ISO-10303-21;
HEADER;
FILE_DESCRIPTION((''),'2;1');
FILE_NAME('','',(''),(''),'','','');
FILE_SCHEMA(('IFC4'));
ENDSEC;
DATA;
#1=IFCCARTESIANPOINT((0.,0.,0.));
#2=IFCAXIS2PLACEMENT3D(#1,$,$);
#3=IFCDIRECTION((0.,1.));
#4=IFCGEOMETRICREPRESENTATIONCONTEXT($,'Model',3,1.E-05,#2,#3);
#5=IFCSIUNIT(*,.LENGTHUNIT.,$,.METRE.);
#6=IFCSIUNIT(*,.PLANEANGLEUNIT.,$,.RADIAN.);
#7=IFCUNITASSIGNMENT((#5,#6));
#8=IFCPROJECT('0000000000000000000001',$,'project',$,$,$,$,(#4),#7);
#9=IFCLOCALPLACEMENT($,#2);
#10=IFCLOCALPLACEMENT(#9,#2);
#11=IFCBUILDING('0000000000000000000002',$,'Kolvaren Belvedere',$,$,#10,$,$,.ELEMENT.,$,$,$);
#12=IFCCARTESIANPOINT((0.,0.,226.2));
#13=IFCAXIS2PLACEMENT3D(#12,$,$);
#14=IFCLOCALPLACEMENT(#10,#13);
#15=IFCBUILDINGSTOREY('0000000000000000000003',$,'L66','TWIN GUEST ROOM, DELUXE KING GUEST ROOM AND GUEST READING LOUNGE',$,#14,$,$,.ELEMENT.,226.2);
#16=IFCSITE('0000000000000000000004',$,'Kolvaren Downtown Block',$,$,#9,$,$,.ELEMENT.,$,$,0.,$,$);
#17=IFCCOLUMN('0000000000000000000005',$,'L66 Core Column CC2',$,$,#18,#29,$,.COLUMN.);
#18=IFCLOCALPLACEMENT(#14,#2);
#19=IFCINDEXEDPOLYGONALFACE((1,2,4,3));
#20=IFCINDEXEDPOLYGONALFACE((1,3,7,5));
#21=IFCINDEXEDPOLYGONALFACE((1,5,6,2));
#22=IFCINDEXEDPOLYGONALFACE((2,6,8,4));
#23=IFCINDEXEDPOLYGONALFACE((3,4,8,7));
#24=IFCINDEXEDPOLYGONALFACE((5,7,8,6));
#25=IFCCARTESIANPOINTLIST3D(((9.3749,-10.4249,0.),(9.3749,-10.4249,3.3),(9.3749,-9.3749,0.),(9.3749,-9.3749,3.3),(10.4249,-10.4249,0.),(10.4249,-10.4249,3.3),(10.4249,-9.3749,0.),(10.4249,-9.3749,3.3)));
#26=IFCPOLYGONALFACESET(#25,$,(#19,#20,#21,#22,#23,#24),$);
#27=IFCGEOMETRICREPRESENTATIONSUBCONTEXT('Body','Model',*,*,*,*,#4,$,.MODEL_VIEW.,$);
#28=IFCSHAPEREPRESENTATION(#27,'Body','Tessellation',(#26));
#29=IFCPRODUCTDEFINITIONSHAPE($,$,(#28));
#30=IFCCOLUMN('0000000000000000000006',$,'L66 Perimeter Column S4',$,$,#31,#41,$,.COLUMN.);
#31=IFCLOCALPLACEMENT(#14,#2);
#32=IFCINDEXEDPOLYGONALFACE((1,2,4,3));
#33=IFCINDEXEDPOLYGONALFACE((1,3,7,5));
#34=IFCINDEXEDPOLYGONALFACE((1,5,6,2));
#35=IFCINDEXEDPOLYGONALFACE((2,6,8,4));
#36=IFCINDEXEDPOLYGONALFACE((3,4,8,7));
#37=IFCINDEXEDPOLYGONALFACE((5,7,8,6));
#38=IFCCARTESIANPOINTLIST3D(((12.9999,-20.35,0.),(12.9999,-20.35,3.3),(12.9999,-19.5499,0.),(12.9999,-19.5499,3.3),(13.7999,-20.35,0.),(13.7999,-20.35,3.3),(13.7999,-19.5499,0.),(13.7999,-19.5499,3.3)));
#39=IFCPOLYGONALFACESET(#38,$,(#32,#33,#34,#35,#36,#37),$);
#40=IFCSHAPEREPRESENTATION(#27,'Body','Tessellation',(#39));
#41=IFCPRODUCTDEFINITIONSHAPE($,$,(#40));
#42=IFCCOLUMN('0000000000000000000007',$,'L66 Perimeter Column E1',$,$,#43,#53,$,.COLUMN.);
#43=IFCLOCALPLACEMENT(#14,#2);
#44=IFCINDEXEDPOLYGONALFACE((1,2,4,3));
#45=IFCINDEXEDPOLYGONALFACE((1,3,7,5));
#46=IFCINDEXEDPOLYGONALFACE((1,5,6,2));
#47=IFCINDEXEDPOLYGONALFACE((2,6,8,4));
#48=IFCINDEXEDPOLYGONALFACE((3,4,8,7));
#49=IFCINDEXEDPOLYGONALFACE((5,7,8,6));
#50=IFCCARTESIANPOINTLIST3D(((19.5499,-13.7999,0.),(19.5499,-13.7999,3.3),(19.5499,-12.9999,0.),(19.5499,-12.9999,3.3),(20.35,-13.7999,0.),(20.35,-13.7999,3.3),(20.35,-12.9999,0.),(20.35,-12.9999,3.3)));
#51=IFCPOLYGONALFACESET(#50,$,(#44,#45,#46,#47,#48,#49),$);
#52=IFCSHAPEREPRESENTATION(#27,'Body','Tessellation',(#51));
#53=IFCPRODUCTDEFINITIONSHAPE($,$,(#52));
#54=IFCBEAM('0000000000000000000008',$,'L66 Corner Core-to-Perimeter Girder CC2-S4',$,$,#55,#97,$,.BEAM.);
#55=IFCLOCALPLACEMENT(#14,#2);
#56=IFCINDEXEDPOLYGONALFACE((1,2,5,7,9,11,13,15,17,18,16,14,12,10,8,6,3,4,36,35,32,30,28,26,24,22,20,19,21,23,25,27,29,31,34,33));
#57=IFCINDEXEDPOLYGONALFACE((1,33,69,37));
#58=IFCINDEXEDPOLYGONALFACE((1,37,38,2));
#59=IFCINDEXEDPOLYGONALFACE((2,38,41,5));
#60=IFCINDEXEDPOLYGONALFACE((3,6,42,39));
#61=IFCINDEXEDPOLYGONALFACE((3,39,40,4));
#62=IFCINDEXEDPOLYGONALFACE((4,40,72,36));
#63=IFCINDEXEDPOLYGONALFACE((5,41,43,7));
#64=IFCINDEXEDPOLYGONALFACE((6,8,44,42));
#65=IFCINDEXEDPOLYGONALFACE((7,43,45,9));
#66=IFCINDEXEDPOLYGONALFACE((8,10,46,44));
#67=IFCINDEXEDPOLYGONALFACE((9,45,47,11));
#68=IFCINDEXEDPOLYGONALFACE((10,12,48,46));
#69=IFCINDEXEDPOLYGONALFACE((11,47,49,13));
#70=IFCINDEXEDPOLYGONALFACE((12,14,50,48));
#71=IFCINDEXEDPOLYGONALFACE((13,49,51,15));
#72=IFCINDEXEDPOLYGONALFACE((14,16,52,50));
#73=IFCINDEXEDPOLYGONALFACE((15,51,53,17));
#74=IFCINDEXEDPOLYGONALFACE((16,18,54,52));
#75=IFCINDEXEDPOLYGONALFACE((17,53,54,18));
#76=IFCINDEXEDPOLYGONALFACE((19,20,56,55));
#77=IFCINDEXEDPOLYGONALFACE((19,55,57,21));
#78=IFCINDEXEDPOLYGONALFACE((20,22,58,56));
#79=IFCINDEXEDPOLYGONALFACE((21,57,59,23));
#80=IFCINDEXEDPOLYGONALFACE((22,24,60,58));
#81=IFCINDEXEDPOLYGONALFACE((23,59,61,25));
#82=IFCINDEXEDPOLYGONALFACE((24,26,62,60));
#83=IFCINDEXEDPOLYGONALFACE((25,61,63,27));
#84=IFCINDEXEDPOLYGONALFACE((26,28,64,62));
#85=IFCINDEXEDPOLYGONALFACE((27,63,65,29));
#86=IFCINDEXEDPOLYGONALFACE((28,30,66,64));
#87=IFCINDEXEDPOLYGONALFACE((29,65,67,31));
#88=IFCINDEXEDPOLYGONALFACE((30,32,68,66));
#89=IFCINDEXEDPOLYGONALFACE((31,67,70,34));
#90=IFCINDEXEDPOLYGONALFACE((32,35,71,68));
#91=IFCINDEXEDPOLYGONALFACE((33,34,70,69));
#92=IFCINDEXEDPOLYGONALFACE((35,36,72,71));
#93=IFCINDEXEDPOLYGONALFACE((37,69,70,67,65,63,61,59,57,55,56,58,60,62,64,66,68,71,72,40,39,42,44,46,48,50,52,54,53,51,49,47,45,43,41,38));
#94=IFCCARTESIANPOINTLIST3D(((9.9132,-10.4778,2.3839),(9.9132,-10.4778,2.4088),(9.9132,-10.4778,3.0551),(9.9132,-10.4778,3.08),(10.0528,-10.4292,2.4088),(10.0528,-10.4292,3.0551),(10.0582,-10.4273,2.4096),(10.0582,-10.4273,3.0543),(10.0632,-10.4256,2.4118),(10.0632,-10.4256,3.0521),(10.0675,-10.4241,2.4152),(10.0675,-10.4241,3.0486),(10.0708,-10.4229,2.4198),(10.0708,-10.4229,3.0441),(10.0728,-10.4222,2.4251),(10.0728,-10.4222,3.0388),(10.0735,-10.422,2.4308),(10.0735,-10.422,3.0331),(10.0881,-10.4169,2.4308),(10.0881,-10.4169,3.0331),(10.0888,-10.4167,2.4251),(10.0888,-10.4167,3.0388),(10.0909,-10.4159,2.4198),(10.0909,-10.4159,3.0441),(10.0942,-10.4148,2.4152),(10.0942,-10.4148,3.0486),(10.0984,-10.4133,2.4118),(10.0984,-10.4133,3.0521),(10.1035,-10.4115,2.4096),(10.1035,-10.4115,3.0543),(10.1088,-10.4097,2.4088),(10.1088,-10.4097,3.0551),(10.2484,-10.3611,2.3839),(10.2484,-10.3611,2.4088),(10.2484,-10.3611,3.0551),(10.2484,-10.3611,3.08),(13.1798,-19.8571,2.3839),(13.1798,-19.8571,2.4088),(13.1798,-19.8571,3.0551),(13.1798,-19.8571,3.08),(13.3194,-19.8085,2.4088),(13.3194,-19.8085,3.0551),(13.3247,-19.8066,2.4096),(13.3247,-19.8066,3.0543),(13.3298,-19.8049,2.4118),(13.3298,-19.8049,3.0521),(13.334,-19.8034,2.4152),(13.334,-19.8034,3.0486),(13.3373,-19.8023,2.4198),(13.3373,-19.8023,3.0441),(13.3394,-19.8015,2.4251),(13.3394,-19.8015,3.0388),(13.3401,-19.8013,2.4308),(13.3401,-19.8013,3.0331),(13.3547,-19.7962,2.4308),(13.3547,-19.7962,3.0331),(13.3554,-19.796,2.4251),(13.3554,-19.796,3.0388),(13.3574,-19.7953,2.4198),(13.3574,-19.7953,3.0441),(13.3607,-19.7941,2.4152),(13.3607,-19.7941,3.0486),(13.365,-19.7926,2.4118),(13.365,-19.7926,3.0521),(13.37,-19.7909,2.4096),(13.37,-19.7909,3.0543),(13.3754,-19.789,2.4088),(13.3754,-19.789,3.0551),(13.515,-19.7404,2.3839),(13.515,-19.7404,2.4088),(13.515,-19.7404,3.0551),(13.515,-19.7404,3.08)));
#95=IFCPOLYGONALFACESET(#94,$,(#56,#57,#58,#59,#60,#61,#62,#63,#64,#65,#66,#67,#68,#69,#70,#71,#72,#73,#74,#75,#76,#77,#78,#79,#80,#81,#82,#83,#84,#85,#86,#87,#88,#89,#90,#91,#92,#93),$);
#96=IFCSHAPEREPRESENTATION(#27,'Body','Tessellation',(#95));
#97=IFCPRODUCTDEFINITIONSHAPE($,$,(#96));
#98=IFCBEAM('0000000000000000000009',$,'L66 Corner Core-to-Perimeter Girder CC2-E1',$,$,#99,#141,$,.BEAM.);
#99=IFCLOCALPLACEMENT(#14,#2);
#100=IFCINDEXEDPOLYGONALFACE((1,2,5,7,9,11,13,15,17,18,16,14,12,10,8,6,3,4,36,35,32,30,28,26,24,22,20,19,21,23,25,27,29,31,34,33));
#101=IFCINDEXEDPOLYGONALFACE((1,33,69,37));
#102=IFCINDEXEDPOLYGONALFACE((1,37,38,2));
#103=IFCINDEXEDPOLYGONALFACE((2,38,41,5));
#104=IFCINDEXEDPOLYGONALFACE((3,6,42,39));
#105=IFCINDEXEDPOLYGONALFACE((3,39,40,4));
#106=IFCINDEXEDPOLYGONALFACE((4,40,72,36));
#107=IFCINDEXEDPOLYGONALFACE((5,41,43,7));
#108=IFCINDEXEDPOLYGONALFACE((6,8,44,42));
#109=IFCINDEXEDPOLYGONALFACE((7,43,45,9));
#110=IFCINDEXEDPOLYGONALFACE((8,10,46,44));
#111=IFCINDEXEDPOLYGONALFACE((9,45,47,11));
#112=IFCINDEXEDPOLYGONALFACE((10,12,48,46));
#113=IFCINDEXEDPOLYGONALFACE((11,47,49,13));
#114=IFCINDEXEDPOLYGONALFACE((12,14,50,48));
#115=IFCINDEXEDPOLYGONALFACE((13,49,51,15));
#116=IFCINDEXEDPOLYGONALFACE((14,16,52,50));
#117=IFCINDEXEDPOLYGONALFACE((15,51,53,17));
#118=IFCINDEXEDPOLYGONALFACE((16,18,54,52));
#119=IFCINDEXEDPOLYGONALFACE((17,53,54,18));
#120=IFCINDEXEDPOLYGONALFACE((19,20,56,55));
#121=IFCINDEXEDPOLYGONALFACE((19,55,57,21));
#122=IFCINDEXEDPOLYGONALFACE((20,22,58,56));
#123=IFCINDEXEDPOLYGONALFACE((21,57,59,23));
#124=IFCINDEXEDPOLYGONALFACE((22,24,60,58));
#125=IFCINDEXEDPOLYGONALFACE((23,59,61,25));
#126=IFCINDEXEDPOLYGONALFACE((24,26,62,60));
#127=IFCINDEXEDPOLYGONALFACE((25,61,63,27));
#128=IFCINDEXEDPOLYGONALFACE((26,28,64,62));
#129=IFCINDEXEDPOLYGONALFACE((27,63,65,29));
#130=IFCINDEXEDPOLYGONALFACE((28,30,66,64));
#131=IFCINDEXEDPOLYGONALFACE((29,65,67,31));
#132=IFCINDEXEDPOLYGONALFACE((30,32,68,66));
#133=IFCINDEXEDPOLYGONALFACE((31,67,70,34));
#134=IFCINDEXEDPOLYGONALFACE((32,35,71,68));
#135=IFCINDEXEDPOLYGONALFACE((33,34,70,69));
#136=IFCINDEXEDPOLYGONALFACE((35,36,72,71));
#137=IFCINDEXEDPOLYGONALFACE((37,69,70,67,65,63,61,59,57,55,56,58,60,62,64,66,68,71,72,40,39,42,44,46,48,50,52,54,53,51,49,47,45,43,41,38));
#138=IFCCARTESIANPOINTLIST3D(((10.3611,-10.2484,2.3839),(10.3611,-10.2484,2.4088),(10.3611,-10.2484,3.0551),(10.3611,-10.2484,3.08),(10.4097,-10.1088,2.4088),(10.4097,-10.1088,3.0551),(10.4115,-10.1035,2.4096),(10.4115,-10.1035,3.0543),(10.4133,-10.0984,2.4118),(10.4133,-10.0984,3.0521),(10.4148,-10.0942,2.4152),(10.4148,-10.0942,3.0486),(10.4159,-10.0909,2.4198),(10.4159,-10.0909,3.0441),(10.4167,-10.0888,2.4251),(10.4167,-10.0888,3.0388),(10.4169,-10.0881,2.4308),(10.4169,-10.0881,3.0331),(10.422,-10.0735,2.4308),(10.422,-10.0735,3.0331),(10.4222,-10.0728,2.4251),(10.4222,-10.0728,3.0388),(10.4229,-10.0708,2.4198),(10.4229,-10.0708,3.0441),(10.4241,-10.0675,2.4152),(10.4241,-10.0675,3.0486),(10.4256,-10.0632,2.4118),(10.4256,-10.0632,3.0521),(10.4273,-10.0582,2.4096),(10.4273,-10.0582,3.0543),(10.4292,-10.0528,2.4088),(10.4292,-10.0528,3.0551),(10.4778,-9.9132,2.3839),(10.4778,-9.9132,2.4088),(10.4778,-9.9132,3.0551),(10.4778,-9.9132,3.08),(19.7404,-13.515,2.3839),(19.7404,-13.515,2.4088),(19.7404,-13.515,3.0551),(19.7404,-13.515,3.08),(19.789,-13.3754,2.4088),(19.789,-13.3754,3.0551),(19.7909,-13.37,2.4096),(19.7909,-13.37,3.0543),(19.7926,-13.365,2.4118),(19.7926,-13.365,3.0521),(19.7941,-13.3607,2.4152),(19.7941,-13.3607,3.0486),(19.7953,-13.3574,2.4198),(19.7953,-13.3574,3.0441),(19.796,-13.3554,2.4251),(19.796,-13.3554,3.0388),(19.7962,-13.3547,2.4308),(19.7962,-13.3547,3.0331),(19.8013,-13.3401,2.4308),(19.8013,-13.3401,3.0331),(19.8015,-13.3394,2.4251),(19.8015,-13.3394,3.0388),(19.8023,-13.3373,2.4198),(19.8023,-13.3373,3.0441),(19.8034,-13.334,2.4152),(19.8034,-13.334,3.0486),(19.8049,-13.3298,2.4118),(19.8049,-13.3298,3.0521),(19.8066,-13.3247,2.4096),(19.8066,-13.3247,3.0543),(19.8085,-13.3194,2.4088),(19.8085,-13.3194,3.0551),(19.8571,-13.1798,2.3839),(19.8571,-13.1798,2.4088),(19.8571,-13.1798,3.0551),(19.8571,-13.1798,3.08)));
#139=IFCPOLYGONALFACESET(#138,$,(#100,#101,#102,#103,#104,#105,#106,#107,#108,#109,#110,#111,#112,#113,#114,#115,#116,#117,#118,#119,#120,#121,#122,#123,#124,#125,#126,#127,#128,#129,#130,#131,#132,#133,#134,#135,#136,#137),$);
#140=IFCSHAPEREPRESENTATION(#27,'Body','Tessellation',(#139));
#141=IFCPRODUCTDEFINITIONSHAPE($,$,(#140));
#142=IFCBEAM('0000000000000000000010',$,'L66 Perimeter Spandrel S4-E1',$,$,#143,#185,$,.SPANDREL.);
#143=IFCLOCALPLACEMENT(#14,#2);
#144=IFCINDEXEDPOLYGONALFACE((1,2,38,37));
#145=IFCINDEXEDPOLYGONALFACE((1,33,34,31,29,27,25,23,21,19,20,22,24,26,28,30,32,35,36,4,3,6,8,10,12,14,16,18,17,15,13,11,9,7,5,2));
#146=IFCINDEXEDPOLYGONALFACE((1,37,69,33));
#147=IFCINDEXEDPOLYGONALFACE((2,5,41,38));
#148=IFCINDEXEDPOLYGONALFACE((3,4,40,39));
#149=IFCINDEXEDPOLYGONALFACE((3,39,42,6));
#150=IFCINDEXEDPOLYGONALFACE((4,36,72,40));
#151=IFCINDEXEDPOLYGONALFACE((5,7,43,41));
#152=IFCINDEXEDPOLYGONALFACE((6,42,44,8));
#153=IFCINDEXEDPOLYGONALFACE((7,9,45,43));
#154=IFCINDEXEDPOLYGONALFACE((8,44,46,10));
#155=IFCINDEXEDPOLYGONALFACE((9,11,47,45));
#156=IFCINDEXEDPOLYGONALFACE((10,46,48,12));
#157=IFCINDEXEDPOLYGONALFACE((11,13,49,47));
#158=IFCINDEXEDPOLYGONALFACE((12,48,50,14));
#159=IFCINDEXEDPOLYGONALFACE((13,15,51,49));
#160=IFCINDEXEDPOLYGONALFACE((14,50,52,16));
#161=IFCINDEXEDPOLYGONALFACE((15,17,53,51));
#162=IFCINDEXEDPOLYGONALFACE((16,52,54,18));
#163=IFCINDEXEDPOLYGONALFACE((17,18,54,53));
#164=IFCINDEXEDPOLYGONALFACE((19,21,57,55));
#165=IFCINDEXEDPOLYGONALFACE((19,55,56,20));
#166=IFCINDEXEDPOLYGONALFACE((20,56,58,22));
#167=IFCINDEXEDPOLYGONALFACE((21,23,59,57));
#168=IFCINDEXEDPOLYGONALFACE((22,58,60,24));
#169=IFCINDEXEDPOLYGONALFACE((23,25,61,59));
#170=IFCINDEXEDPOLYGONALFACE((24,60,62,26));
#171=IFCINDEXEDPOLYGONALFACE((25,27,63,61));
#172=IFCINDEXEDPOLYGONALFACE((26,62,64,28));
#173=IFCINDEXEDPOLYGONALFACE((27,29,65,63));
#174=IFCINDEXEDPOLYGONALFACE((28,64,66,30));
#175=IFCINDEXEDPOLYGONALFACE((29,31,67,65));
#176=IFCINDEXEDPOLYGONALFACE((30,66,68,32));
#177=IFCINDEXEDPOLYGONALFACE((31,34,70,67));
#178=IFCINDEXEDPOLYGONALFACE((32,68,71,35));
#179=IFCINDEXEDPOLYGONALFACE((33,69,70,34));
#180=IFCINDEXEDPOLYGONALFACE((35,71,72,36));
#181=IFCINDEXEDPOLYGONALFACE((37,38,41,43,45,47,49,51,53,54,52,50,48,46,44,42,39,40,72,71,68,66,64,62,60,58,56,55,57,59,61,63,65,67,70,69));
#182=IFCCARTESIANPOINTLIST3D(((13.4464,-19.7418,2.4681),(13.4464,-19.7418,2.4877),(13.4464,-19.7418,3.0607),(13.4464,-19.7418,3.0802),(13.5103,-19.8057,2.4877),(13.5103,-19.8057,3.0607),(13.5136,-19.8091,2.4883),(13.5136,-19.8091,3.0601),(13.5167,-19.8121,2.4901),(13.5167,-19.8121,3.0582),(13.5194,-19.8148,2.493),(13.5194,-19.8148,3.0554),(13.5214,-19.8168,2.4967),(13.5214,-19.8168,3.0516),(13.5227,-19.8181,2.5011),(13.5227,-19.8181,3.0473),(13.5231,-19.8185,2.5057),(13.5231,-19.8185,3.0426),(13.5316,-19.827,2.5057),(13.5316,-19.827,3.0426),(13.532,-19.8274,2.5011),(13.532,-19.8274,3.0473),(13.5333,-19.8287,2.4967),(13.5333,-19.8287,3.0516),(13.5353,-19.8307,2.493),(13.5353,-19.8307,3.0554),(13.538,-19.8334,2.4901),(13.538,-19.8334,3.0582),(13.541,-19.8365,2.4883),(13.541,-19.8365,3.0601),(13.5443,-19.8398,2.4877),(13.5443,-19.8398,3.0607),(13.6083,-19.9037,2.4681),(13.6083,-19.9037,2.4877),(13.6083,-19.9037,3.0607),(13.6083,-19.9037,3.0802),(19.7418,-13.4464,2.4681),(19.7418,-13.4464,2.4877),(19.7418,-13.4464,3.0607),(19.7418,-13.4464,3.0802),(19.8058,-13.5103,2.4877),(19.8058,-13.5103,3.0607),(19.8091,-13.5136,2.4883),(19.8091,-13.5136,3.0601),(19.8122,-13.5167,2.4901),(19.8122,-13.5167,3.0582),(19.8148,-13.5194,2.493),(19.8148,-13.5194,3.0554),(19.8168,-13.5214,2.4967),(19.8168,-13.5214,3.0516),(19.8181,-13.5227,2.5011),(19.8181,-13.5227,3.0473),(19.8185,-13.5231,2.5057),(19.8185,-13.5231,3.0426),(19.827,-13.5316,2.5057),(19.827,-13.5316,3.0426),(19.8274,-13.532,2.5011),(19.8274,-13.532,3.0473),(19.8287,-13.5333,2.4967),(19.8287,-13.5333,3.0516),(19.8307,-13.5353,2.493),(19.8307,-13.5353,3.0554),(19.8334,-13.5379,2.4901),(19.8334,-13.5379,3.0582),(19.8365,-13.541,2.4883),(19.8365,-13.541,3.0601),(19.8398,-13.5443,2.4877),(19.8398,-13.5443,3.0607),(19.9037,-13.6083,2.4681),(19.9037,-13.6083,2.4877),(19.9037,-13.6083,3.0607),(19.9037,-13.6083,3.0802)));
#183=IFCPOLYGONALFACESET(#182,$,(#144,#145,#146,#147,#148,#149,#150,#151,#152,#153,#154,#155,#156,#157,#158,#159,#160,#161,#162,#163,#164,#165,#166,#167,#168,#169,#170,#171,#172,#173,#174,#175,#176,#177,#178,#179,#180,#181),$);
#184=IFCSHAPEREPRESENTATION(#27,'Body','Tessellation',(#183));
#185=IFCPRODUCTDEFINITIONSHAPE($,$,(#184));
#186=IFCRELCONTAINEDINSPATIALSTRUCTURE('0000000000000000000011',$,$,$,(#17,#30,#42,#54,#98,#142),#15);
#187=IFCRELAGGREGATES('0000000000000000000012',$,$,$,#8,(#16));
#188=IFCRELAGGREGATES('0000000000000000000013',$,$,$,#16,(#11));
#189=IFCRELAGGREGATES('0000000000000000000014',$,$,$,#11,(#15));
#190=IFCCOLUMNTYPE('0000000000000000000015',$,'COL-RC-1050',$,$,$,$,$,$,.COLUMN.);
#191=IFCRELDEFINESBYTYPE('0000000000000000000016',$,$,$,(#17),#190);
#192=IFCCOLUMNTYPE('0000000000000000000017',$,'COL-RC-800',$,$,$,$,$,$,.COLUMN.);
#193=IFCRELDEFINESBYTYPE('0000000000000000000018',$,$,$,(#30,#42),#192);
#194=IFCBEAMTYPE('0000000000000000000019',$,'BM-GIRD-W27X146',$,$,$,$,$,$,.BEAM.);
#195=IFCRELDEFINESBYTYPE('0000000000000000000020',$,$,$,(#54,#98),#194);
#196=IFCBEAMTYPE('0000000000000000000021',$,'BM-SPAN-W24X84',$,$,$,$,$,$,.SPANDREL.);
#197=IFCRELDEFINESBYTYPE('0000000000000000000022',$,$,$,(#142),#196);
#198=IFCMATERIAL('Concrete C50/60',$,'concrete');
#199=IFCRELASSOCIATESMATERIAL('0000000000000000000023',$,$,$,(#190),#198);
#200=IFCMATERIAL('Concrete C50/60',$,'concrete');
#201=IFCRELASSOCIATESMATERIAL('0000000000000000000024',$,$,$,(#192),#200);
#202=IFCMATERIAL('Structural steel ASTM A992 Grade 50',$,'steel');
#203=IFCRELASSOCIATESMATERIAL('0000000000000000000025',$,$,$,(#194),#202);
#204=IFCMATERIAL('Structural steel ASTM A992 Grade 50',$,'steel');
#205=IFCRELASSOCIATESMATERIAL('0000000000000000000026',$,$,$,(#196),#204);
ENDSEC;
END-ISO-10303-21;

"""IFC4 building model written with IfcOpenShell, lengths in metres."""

from ifc_helpers import new_model, si_unit, direction, frame, origin, origin_2d, place, context, subcontext, project, spatial, rectangle, i_section, extrude, material, material_profile, profile_set, type_object, element, save


model = new_model("IFC4")

# Units and contexts
model_context = context("Model", 3, precision=1e-05, world=origin(), true_north=direction((0.0, 1.0)))
body_context = subcontext(model_context, "Body", "Model", "MODEL_VIEW")
ifc_project = project(units=[si_unit("LENGTHUNIT", "METRE"), si_unit("PLANEANGLEUNIT", "RADIAN")], contexts=[model_context])

# Site, building, storey
site_placement = place(None, origin())
site = spatial("IfcSite", under=ifc_project, at=site_placement, Name="Kolvaren Downtown Block", CompositionType="ELEMENT", RefElevation=0.0)
building_placement = place(site_placement, origin())
building = spatial("IfcBuilding", under=site, at=building_placement, Name="Kolvaren Belvedere", CompositionType="ELEMENT")
storey_placement = place(building_placement, frame((0.0, 0.0, 226.2)))
storey = spatial("IfcBuildingStorey", under=building, at=storey_placement, Name="L66", Description="TWIN GUEST ROOM, DELUXE KING GUEST ROOM AND GUEST READING LOUNGE", CompositionType="ELEMENT", Elevation=226.2)

# Columns
ifc_material_1 = material(Name="Concrete C50/60", Category="concrete")
ifc_material_profile_1 = material_profile(ifc_material_1, rectangle(XDim=1.05, YDim=1.05, at=origin_2d()), Name="RC 1050X1050")
ifc_profile_set_1 = profile_set([ifc_material_profile_1], Name="Concrete C50/60")
column_type_1 = type_object("IfcColumnType", Name="COL-RC-1050", PredefinedType="COLUMN", material=ifc_profile_set_1)
column_placement = place(storey_placement, frame((9.8999, -9.8999, 0.0), z_axis=(0.0, 0.0, 1.0), x_axis=(1.0, 0.0, 0.0)))
element("IfcColumn", 1, at=column_placement, inside=storey, type_object=column_type_1, Name="L66 Core Column CC2", PredefinedType="COLUMN", context=body_context, shape_type="SweptSolid", body=[
    extrude(rectangle(XDim=1.05, YDim=1.05, at=origin_2d()), origin(), (0.0, 0.0, 1.0), 3.3),
])
ifc_material_2 = material(Name="Concrete C50/60", Category="concrete")
ifc_material_profile_2 = material_profile(ifc_material_2, rectangle(XDim=0.8, YDim=0.8, at=origin_2d()), Name="RC 800X800")
ifc_profile_set_2 = profile_set([ifc_material_profile_2], Name="Concrete C50/60")
column_type_2 = type_object("IfcColumnType", Name="COL-RC-800", PredefinedType="COLUMN", material=ifc_profile_set_2)
for number, where, z_axis, x_axis, name in (
    (2, (13.3999, -19.95, 0.0), (0.0, 0.0, 1.0), (1.0, 0.0, 0.0), "L66 Perimeter Column S4"),
    (3, (19.95, -13.3999, 0.0), (0.0, 0.0, 1.0), (1.0, 0.0, 0.0), "L66 Perimeter Column E1"),
):
    element("IfcColumn", number, at=place(storey_placement, frame(where, z_axis=z_axis, x_axis=x_axis)), inside=storey, type_object=column_type_2, Name=name, PredefinedType="COLUMN", context=body_context, shape_type="SweptSolid", body=[
        extrude(rectangle(XDim=0.8, YDim=0.8, at=origin_2d()), origin(), (0.0, 0.0, 1.0), 3.3),
    ])

# Beams
ifc_material_3 = material(Name="Structural steel ASTM A992 Grade 50", Category="steel")
ifc_material_profile_3 = material_profile(ifc_material_3, i_section(OverallWidth=0.355, OverallDepth=0.696, WebThickness=0.0154, FlangeThickness=0.0249, FilletRadius=0.022, at=origin_2d()), Name="W27X146")
ifc_profile_set_3 = profile_set([ifc_material_profile_3], Name="Structural steel ASTM A992 Grade 50")
beam_type_1 = type_object("IfcBeamType", Name="BM-GIRD-W27X146", PredefinedType="BEAM", material=ifc_profile_set_3)
for number, where, z_axis, x_axis, name in (
    (4, (10.0808, -10.4194, 2.7319), (0.328898, -0.944365, 0.0), (0.944365, 0.328898, 0.0), "L66 Corner Core-to-Perimeter Girder CC2-S4"),
    (5, (10.4194, -10.0808, 2.7319), (0.944365, -0.328898, 0.0), (0.328898, 0.944365, 0.0), "L66 Corner Core-to-Perimeter Girder CC2-E1"),
):
    element("IfcBeam", number, at=place(storey_placement, frame(where, z_axis=z_axis, x_axis=x_axis)), inside=storey, type_object=beam_type_1, Name=name, PredefinedType="BEAM", context=body_context, shape_type="SweptSolid", body=[
        extrude(i_section(OverallWidth=0.355, OverallDepth=0.696, WebThickness=0.0154, FlangeThickness=0.0249, FilletRadius=0.022, at=origin_2d()), origin(), (0.0, 0.0, 1.0), 9.9319),
    ])
ifc_material_4 = material(Name="Structural steel ASTM A992 Grade 50", Category="steel")
ifc_material_profile_4 = material_profile(ifc_material_4, i_section(OverallWidth=0.229, OverallDepth=0.6121, WebThickness=0.012, FlangeThickness=0.0195, FilletRadius=0.0181, at=origin_2d()), Name="W24X84")
ifc_profile_set_4 = profile_set([ifc_material_profile_4], Name="Structural steel ASTM A992 Grade 50")
beam_type_2 = type_object("IfcBeamType", Name="BM-SPAN-W24X84", PredefinedType="SPANDREL", material=ifc_profile_set_4)
beam_1_placement = place(storey_placement, frame((13.5273, -19.8228, 2.7742), z_axis=(0.707107, 0.707107, 0.0), x_axis=(-0.707107, 0.707107, 0.0)))
element("IfcBeam", 6, at=beam_1_placement, inside=storey, type_object=beam_type_2, Name="L66 Perimeter Spandrel S4-E1", PredefinedType="SPANDREL", context=body_context, shape_type="SweptSolid", body=[
    extrude(i_section(OverallWidth=0.229, OverallDepth=0.6121, WebThickness=0.012, FlangeThickness=0.0195, FilletRadius=0.0181, at=origin_2d()), origin(), (0.0, 0.0, 1.0), 8.9031),
])

save(model, "model.ifc")
